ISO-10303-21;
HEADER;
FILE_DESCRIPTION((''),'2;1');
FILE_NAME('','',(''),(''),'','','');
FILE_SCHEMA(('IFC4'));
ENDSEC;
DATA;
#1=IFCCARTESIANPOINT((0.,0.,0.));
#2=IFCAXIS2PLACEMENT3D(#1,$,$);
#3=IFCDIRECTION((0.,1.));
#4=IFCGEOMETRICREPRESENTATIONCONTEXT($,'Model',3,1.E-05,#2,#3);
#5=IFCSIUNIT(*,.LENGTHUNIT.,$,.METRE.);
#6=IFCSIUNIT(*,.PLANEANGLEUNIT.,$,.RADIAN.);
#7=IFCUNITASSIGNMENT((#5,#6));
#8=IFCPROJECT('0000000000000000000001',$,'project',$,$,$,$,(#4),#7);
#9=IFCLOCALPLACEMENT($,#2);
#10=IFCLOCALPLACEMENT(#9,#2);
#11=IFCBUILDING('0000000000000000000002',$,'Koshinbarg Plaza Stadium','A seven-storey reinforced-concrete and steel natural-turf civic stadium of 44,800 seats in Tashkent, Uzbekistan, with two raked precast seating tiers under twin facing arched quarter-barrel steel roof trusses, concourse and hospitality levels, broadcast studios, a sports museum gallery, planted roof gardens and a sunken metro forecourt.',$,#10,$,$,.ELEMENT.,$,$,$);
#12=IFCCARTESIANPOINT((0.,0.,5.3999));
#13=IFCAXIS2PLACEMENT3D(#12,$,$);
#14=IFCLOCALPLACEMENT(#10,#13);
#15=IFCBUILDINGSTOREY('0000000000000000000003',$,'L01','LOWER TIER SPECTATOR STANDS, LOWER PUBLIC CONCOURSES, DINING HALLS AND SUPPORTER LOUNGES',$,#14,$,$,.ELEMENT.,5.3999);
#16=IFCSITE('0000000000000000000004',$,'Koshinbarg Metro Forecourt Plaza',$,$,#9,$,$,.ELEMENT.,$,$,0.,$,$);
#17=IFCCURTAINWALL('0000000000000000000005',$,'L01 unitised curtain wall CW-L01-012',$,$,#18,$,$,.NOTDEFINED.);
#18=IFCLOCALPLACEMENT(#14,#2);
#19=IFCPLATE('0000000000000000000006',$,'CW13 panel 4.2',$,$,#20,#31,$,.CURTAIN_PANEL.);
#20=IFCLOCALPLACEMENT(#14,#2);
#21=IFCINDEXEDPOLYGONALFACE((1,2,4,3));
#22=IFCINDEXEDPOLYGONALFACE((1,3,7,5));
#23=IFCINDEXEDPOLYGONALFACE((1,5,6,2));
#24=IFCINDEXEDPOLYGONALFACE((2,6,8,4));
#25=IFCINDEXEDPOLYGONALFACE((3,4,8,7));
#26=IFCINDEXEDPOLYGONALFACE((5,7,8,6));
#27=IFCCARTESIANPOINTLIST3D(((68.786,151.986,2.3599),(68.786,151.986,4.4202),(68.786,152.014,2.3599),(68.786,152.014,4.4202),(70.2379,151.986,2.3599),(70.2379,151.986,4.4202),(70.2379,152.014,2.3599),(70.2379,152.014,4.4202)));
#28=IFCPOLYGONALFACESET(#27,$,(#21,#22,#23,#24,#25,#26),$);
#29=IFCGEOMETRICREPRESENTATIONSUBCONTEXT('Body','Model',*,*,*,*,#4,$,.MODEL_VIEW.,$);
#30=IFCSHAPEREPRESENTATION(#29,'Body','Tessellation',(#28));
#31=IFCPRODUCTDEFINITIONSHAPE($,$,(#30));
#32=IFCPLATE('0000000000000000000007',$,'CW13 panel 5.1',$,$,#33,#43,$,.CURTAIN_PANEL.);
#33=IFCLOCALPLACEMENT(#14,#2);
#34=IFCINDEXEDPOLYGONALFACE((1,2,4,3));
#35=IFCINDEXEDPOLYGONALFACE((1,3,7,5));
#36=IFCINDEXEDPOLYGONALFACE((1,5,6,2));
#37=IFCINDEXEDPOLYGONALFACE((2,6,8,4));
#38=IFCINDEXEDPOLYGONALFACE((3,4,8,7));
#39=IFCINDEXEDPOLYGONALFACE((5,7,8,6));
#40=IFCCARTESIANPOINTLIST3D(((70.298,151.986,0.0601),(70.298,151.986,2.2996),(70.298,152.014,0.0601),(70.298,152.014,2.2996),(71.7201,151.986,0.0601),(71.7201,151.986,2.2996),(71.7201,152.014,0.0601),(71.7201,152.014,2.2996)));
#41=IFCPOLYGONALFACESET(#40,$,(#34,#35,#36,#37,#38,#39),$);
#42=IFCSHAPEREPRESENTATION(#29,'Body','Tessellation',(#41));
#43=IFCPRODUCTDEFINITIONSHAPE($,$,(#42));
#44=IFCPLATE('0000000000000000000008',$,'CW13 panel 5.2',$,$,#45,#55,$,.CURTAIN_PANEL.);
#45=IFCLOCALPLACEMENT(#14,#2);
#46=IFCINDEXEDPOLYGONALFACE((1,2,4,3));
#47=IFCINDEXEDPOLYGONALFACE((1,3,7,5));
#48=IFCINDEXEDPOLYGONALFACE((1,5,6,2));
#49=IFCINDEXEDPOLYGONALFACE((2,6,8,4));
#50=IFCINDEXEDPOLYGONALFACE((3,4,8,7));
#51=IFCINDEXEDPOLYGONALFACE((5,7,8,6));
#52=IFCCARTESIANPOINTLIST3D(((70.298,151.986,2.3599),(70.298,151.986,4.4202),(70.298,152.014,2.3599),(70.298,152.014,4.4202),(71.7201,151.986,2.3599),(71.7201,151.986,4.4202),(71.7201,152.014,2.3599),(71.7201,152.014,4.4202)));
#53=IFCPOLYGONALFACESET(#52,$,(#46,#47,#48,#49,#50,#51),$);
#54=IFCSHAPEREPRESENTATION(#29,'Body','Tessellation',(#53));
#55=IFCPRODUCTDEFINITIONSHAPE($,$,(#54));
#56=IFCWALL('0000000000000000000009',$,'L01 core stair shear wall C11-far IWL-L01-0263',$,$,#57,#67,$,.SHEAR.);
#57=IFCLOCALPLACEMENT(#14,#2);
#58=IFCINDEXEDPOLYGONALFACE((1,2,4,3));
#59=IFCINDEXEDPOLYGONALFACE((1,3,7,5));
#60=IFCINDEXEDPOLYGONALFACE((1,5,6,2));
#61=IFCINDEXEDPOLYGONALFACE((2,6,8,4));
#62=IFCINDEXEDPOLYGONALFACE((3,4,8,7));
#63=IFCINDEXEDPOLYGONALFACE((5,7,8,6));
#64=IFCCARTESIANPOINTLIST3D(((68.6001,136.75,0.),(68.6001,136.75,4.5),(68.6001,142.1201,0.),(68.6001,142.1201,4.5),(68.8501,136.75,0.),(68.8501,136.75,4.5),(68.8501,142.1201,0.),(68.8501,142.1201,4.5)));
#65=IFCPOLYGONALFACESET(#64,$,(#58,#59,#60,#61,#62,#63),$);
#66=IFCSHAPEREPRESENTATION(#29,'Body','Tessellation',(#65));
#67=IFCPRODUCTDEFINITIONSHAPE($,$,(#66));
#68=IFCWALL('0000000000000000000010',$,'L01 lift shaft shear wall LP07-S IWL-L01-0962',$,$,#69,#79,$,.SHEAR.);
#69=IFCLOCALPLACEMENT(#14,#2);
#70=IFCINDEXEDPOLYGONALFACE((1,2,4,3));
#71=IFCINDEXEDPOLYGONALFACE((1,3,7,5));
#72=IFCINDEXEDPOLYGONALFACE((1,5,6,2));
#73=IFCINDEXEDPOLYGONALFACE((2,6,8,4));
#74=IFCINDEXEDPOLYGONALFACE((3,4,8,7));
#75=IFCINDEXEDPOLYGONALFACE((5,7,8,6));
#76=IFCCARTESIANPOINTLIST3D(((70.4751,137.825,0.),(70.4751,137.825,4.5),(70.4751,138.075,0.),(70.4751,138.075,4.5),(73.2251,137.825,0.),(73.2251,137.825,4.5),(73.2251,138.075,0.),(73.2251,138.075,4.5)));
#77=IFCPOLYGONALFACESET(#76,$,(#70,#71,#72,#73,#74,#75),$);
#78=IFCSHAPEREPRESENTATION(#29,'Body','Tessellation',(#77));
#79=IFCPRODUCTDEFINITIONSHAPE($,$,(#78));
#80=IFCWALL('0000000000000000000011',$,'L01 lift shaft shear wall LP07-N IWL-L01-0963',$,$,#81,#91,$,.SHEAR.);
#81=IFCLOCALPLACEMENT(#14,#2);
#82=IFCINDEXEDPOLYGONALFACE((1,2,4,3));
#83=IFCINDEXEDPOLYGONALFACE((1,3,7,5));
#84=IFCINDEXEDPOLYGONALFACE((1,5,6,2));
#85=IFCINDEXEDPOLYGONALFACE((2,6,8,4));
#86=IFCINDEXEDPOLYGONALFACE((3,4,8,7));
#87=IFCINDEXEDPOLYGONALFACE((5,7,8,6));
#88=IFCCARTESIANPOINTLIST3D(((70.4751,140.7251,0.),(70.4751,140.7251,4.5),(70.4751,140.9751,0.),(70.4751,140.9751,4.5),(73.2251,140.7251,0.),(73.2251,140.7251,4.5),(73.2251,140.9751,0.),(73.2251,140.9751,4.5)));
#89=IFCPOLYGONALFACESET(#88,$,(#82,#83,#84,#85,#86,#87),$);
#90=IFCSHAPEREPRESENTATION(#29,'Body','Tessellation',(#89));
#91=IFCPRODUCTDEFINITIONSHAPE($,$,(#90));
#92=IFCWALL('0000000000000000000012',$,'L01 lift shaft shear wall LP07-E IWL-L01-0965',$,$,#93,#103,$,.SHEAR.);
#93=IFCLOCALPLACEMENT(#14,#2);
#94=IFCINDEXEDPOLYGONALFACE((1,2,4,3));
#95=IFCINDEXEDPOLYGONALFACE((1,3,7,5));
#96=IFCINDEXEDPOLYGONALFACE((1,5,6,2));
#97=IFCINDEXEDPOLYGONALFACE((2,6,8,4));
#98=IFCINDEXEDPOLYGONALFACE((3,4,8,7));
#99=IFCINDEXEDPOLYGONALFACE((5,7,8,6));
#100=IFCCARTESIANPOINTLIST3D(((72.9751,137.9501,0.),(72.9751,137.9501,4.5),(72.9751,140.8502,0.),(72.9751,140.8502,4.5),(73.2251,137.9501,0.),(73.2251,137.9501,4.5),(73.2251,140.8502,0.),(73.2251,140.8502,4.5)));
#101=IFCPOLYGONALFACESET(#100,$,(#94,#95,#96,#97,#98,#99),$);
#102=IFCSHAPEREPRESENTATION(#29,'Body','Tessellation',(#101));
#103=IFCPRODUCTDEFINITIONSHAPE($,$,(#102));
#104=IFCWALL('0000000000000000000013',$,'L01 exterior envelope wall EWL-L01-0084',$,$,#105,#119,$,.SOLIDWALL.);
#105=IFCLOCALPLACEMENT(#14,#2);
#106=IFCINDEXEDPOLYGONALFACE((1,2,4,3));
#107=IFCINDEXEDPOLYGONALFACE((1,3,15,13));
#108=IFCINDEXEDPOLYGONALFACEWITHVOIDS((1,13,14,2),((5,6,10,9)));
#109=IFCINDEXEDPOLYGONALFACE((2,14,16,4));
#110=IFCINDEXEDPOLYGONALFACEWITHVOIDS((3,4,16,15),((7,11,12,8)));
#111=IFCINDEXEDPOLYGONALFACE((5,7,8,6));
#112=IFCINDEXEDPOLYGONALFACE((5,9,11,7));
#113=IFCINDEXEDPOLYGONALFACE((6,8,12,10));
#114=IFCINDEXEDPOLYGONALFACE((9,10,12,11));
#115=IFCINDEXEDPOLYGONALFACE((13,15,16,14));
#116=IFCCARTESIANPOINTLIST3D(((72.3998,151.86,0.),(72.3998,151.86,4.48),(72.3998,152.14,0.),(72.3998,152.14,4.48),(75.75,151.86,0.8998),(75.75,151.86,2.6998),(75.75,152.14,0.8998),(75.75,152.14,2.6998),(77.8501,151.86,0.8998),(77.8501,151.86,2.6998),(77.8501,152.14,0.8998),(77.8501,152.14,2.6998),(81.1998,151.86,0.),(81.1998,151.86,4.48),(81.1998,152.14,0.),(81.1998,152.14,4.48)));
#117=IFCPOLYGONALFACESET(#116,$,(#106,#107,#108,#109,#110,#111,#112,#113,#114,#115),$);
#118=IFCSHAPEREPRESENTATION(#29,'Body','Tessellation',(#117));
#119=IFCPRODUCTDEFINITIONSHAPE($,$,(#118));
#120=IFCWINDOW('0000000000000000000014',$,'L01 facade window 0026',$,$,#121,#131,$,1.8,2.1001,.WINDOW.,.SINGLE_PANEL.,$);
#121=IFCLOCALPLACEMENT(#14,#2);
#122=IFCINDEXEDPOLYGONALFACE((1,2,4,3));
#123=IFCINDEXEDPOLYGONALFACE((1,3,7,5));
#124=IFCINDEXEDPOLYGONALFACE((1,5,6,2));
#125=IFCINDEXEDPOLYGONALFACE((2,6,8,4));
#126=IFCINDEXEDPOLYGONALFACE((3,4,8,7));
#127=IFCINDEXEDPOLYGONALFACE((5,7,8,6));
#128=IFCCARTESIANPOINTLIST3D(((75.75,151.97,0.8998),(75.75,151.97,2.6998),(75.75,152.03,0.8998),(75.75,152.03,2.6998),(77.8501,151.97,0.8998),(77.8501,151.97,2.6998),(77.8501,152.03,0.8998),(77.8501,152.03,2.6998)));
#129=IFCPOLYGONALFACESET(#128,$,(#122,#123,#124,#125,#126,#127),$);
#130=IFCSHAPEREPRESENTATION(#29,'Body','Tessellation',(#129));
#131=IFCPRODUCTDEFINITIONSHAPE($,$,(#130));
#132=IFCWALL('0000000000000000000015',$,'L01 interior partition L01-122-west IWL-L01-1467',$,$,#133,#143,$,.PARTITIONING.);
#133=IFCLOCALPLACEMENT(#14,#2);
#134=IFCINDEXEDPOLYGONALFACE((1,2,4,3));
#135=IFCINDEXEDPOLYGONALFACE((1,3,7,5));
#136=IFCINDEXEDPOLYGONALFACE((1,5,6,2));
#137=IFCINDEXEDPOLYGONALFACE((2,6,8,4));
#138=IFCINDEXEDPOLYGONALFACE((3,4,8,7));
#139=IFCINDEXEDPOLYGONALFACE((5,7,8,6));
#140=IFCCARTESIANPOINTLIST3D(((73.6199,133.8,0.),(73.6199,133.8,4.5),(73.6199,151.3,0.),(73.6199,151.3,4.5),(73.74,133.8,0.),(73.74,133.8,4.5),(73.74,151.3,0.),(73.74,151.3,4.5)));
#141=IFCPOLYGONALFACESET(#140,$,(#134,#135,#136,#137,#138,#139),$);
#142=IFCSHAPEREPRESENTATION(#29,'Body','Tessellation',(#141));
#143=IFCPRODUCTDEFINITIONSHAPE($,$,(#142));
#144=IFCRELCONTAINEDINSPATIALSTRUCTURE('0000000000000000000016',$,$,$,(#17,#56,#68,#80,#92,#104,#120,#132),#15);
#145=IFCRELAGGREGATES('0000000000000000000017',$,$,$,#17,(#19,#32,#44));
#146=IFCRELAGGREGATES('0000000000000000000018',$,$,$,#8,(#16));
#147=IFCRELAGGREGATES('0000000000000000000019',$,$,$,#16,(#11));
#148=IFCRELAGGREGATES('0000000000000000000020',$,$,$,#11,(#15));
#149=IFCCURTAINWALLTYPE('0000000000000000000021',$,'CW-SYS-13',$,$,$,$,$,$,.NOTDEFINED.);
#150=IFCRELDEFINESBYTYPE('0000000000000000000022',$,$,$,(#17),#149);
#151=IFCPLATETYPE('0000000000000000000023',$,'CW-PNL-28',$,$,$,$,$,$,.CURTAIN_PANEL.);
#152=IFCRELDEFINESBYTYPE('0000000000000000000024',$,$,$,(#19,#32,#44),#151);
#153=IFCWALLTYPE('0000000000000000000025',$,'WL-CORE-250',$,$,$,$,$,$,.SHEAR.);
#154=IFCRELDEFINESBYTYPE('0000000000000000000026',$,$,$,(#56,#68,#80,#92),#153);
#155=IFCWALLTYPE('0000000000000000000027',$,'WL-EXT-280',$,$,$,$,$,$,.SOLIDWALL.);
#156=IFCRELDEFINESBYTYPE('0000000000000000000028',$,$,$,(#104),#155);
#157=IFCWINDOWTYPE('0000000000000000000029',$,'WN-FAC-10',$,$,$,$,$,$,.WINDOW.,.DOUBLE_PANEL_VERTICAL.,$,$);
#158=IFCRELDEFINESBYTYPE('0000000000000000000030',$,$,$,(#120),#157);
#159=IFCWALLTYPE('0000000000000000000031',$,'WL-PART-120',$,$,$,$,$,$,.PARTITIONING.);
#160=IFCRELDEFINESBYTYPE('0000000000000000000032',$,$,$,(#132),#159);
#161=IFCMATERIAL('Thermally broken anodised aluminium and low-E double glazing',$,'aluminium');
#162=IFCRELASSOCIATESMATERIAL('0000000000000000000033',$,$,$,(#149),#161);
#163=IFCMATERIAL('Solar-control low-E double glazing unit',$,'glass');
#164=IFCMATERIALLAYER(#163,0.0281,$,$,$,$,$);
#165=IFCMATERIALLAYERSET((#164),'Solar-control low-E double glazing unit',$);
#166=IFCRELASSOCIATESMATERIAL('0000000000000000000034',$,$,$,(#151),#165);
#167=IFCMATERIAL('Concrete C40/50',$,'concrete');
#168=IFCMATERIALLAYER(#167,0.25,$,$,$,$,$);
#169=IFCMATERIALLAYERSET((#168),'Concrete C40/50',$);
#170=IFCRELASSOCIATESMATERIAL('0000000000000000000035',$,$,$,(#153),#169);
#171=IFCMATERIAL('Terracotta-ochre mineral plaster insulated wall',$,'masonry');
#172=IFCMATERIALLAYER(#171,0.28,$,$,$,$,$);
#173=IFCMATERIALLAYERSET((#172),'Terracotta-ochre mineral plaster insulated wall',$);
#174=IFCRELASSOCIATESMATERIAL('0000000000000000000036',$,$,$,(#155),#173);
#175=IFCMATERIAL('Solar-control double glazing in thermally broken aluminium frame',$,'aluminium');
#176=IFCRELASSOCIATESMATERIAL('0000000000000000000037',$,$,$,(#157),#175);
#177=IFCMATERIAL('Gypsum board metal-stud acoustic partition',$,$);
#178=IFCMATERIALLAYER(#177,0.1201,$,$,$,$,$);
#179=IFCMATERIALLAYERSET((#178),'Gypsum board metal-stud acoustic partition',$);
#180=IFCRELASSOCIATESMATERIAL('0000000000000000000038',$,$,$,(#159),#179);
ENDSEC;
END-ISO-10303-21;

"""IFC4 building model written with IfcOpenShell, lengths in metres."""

from ifc_helpers import new_model, si_unit, direction, frame, frame_2d, origin, origin_2d, place, context, subcontext, project, spatial, rectangle, extrude, material, layer, layer_set, type_object, element, fill, aggregate, save


model = new_model("IFC4")

# Units and contexts
model_context = context("Model", 3, precision=1e-05, world=origin(), true_north=direction((0.0, 1.0)))
body_context = subcontext(model_context, "Body", "Model", "MODEL_VIEW")
ifc_project = project(units=[si_unit("LENGTHUNIT", "METRE"), si_unit("PLANEANGLEUNIT", "RADIAN")], contexts=[model_context])

# Site, building, storey
site_placement = place(None, origin())
site = spatial("IfcSite", under=ifc_project, at=site_placement, Name="Koshinbarg Metro Forecourt Plaza", CompositionType="ELEMENT", RefElevation=0.0)
building_placement = place(site_placement, origin())
building = spatial("IfcBuilding", under=site, at=building_placement, Name="Koshinbarg Plaza Stadium", Description="A seven-storey reinforced-concrete and steel natural-turf civic stadium of 44,800 seats in Tashkent, Uzbekistan, with two raked precast seating tiers under twin facing arched quarter-barrel steel roof trusses, concourse and hospitality levels, broadcast studios, a sports museum gallery, planted roof gardens and a sunken metro forecourt.", CompositionType="ELEMENT")
storey_placement = place(building_placement, frame((0.0, 0.0, 5.3999)))
storey = spatial("IfcBuildingStorey", under=building, at=storey_placement, Name="L01", Description="LOWER TIER SPECTATOR STANDS, LOWER PUBLIC CONCOURSES, DINING HALLS AND SUPPORTER LOUNGES", CompositionType="ELEMENT", Elevation=5.3999)

# Shared definitions
ifc_material_1 = material(Name="Concrete C40/50", Category="concrete")

# Curtain wall, plates
ifc_material_2 = material(Name="Thermally broken anodised aluminium and low-E double glazing", Category="aluminium")
curtain_wall_type = type_object("IfcCurtainWallType", Name="CW-SYS-13", PredefinedType="NOTDEFINED", material=ifc_material_2)
curtain_wall_placement = place(storey_placement, origin())
curtain_wall = element("IfcCurtainWall", 1, at=curtain_wall_placement, inside=storey, type_object=curtain_wall_type, Name="L01 unitised curtain wall CW-L01-012", PredefinedType="NOTDEFINED")
ifc_material_3 = material(Name="Solar-control low-E double glazing unit", Category="glass")
ifc_layer_1 = layer(ifc_material_3, 0.0281)
ifc_layer_set_1 = layer_set([ifc_layer_1], Name="Solar-control low-E double glazing unit")
plate_type = type_object("IfcPlateType", Name="CW-PNL-28", PredefinedType="CURTAIN_PANEL", material=ifc_layer_set_1)
plate_1_placement = place(storey_placement, frame((69.512, 152.0, 2.3599), z_axis=(0.0, 0.0, 1.0), x_axis=(1.0, 0.0, 0.0)))
plate_1 = element("IfcPlate", 2, at=plate_1_placement, type_object=plate_type, Name="CW13 panel 4.2", PredefinedType="CURTAIN_PANEL", context=body_context, shape_type="SweptSolid", body=[
    extrude(rectangle(XDim=1.4519, YDim=0.0281, at=origin_2d()), origin(), (0.0, 0.0, 1.0), 2.0603),
])
plate_2_placement = place(storey_placement, frame((71.009, 152.0, 0.0601), z_axis=(0.0, 0.0, 1.0), x_axis=(1.0, 0.0, 0.0)))
plate_2 = element("IfcPlate", 3, at=plate_2_placement, type_object=plate_type, Name="CW13 panel 5.1", PredefinedType="CURTAIN_PANEL", context=body_context, shape_type="SweptSolid", body=[
    extrude(rectangle(XDim=1.4221, YDim=0.0281, at=origin_2d()), origin(), (0.0, 0.0, 1.0), 2.2395),
])
plate_3_placement = place(storey_placement, frame((71.009, 152.0, 2.3599), z_axis=(0.0, 0.0, 1.0), x_axis=(1.0, 0.0, 0.0)))
plate_3 = element("IfcPlate", 4, at=plate_3_placement, type_object=plate_type, Name="CW13 panel 5.2", PredefinedType="CURTAIN_PANEL", context=body_context, shape_type="SweptSolid", body=[
    extrude(rectangle(XDim=1.4221, YDim=0.0281, at=origin_2d()), origin(), (0.0, 0.0, 1.0), 2.0603),
])
aggregate(curtain_wall, [plate_1, plate_2, plate_3])

# Walls
ifc_layer_2 = layer(ifc_material_1, 0.25)
ifc_layer_set_2 = layer_set([ifc_layer_2], Name="Concrete C40/50")
wall_type_1 = type_object("IfcWallType", Name="WL-CORE-250", PredefinedType="SHEAR", material=ifc_layer_set_2)
wall_1_placement = place(storey_placement, frame((68.7251, 136.75, 0.0), z_axis=(0.0, 0.0, 1.0), x_axis=(0.0, 1.0, 0.0)))
element("IfcWall", 5, at=wall_1_placement, inside=storey, type_object=wall_type_1, Name="L01 core stair shear wall C11-far IWL-L01-0263", PredefinedType="SHEAR", context=body_context, shape_type="SweptSolid", body=[
    extrude(rectangle(XDim=5.3701, YDim=0.25, at=frame_2d((2.6851, 0.0))), origin(), (0.0, 0.0, 1.0), 4.5),
])
for number, where, z_axis, x_axis, name in (
    (6, (70.4751, 137.95, 0.0), (0.0, 0.0, 1.0), (1.0, 0.0, 0.0), "L01 lift shaft shear wall LP07-S IWL-L01-0962"),
    (7, (73.2251, 140.8501, 0.0), (0.0, 0.0, 1.0), (-1.0, 0.0, 0.0), "L01 lift shaft shear wall LP07-N IWL-L01-0963"),
):
    element("IfcWall", number, at=place(storey_placement, frame(where, z_axis=z_axis, x_axis=x_axis)), inside=storey, type_object=wall_type_1, Name=name, PredefinedType="SHEAR", context=body_context, shape_type="SweptSolid", body=[
        extrude(rectangle(XDim=2.75, YDim=0.25, at=frame_2d((1.375, 0.0))), origin(), (0.0, 0.0, 1.0), 4.5),
    ])

# Wall
wall_2_placement = place(storey_placement, frame((73.1001, 137.95, 0.0), z_axis=(0.0, 0.0, 1.0), x_axis=(0.0, 1.0, 0.0)))
element("IfcWall", 8, at=wall_2_placement, inside=storey, type_object=wall_type_1, Name="L01 lift shaft shear wall LP07-E IWL-L01-0965", PredefinedType="SHEAR", context=body_context, shape_type="SweptSolid", body=[
    extrude(rectangle(XDim=2.9001, YDim=0.25, at=frame_2d((1.4502, 0.0))), origin(), (0.0, 0.0, 1.0), 4.5),
])

# Wall, opening, window
ifc_material_4 = material(Name="Terracotta-ochre mineral plaster insulated wall", Category="masonry")
ifc_layer_3 = layer(ifc_material_4, 0.28)
ifc_layer_set_3 = layer_set([ifc_layer_3], Name="Terracotta-ochre mineral plaster insulated wall")
wall_type_2 = type_object("IfcWallType", Name="WL-EXT-280", PredefinedType="SOLIDWALL", material=ifc_layer_set_3)
wall_3_placement = place(storey_placement, frame((72.3999, 152.0, 0.0), z_axis=(0.0, 0.0, 1.0), x_axis=(1.0, 0.0, 0.0)))
wall_3 = element("IfcWall", 9, at=wall_3_placement, inside=storey, type_object=wall_type_2, Name="L01 exterior envelope wall EWL-L01-0084", PredefinedType="SOLIDWALL", context=body_context, shape_type="SweptSolid", body=[
    extrude(rectangle(XDim=8.8, YDim=0.28, at=frame_2d((4.3999, 0.0))), origin(), (0.0, 0.0, 1.0), 4.48),
])
opening_1_placement = place(wall_3_placement, frame((3.3501, 0.0, 0.8999)))
opening_1 = element("IfcOpeningElement", 10, at=opening_1_placement, cuts=wall_3, PredefinedType="OPENING", context=body_context, shape_type="SweptSolid", body=[
    extrude(rectangle(XDim=2.1001, YDim=1.8, at=frame_2d((1.05, 0.8999))), frame((0.0, 0.1499, 0.0), z_axis=(0.0, -1.0, 0.0), x_axis=(1.0, 0.0, 0.0)), (0.0, 0.0, 1.0), 0.3),
])
ifc_material_5 = material(Name="Solar-control double glazing in thermally broken aluminium frame", Category="aluminium")
window_type = type_object("IfcWindowType", Name="WN-FAC-10", PartitioningType="DOUBLE_PANEL_VERTICAL", PredefinedType="WINDOW", material=ifc_material_5)
window_placement = place(opening_1_placement, origin())
window = element("IfcWindow", 11, at=window_placement, inside=storey, type_object=window_type, Name="L01 facade window 0026", OverallHeight=1.8, OverallWidth=2.1001, PartitioningType="SINGLE_PANEL", PredefinedType="WINDOW", context=body_context, shape_type="SweptSolid", body=[
    extrude(rectangle(XDim=2.1001, YDim=1.8, at=frame_2d((1.05, 0.8999))), frame((0.0, 0.03, 0.0), z_axis=(0.0, -1.0, 0.0), x_axis=(1.0, 0.0, 0.0)), (0.0, 0.0, 1.0), 0.0601),
])
fill(opening_1, window)

# Wall
ifc_material_6 = material(Name="Gypsum board metal-stud acoustic partition")
ifc_layer_4 = layer(ifc_material_6, 0.1201)
ifc_layer_set_4 = layer_set([ifc_layer_4], Name="Gypsum board metal-stud acoustic partition")
wall_type_3 = type_object("IfcWallType", Name="WL-PART-120", PredefinedType="PARTITIONING", material=ifc_layer_set_4)
wall_4_placement = place(storey_placement, frame((73.6799, 151.3, 0.0), z_axis=(0.0, 0.0, 1.0), x_axis=(0.0, -1.0, 0.0)))
element("IfcWall", 12, at=wall_4_placement, inside=storey, type_object=wall_type_3, Name="L01 interior partition L01-122-west IWL-L01-1467", PredefinedType="PARTITIONING", context=body_context, shape_type="SweptSolid", body=[
    extrude(rectangle(XDim=17.5, YDim=0.1201, at=frame_2d((8.75, 0.0))), origin(), (0.0, 0.0, 1.0), 4.5),
])

save(model, "model.ifc")
